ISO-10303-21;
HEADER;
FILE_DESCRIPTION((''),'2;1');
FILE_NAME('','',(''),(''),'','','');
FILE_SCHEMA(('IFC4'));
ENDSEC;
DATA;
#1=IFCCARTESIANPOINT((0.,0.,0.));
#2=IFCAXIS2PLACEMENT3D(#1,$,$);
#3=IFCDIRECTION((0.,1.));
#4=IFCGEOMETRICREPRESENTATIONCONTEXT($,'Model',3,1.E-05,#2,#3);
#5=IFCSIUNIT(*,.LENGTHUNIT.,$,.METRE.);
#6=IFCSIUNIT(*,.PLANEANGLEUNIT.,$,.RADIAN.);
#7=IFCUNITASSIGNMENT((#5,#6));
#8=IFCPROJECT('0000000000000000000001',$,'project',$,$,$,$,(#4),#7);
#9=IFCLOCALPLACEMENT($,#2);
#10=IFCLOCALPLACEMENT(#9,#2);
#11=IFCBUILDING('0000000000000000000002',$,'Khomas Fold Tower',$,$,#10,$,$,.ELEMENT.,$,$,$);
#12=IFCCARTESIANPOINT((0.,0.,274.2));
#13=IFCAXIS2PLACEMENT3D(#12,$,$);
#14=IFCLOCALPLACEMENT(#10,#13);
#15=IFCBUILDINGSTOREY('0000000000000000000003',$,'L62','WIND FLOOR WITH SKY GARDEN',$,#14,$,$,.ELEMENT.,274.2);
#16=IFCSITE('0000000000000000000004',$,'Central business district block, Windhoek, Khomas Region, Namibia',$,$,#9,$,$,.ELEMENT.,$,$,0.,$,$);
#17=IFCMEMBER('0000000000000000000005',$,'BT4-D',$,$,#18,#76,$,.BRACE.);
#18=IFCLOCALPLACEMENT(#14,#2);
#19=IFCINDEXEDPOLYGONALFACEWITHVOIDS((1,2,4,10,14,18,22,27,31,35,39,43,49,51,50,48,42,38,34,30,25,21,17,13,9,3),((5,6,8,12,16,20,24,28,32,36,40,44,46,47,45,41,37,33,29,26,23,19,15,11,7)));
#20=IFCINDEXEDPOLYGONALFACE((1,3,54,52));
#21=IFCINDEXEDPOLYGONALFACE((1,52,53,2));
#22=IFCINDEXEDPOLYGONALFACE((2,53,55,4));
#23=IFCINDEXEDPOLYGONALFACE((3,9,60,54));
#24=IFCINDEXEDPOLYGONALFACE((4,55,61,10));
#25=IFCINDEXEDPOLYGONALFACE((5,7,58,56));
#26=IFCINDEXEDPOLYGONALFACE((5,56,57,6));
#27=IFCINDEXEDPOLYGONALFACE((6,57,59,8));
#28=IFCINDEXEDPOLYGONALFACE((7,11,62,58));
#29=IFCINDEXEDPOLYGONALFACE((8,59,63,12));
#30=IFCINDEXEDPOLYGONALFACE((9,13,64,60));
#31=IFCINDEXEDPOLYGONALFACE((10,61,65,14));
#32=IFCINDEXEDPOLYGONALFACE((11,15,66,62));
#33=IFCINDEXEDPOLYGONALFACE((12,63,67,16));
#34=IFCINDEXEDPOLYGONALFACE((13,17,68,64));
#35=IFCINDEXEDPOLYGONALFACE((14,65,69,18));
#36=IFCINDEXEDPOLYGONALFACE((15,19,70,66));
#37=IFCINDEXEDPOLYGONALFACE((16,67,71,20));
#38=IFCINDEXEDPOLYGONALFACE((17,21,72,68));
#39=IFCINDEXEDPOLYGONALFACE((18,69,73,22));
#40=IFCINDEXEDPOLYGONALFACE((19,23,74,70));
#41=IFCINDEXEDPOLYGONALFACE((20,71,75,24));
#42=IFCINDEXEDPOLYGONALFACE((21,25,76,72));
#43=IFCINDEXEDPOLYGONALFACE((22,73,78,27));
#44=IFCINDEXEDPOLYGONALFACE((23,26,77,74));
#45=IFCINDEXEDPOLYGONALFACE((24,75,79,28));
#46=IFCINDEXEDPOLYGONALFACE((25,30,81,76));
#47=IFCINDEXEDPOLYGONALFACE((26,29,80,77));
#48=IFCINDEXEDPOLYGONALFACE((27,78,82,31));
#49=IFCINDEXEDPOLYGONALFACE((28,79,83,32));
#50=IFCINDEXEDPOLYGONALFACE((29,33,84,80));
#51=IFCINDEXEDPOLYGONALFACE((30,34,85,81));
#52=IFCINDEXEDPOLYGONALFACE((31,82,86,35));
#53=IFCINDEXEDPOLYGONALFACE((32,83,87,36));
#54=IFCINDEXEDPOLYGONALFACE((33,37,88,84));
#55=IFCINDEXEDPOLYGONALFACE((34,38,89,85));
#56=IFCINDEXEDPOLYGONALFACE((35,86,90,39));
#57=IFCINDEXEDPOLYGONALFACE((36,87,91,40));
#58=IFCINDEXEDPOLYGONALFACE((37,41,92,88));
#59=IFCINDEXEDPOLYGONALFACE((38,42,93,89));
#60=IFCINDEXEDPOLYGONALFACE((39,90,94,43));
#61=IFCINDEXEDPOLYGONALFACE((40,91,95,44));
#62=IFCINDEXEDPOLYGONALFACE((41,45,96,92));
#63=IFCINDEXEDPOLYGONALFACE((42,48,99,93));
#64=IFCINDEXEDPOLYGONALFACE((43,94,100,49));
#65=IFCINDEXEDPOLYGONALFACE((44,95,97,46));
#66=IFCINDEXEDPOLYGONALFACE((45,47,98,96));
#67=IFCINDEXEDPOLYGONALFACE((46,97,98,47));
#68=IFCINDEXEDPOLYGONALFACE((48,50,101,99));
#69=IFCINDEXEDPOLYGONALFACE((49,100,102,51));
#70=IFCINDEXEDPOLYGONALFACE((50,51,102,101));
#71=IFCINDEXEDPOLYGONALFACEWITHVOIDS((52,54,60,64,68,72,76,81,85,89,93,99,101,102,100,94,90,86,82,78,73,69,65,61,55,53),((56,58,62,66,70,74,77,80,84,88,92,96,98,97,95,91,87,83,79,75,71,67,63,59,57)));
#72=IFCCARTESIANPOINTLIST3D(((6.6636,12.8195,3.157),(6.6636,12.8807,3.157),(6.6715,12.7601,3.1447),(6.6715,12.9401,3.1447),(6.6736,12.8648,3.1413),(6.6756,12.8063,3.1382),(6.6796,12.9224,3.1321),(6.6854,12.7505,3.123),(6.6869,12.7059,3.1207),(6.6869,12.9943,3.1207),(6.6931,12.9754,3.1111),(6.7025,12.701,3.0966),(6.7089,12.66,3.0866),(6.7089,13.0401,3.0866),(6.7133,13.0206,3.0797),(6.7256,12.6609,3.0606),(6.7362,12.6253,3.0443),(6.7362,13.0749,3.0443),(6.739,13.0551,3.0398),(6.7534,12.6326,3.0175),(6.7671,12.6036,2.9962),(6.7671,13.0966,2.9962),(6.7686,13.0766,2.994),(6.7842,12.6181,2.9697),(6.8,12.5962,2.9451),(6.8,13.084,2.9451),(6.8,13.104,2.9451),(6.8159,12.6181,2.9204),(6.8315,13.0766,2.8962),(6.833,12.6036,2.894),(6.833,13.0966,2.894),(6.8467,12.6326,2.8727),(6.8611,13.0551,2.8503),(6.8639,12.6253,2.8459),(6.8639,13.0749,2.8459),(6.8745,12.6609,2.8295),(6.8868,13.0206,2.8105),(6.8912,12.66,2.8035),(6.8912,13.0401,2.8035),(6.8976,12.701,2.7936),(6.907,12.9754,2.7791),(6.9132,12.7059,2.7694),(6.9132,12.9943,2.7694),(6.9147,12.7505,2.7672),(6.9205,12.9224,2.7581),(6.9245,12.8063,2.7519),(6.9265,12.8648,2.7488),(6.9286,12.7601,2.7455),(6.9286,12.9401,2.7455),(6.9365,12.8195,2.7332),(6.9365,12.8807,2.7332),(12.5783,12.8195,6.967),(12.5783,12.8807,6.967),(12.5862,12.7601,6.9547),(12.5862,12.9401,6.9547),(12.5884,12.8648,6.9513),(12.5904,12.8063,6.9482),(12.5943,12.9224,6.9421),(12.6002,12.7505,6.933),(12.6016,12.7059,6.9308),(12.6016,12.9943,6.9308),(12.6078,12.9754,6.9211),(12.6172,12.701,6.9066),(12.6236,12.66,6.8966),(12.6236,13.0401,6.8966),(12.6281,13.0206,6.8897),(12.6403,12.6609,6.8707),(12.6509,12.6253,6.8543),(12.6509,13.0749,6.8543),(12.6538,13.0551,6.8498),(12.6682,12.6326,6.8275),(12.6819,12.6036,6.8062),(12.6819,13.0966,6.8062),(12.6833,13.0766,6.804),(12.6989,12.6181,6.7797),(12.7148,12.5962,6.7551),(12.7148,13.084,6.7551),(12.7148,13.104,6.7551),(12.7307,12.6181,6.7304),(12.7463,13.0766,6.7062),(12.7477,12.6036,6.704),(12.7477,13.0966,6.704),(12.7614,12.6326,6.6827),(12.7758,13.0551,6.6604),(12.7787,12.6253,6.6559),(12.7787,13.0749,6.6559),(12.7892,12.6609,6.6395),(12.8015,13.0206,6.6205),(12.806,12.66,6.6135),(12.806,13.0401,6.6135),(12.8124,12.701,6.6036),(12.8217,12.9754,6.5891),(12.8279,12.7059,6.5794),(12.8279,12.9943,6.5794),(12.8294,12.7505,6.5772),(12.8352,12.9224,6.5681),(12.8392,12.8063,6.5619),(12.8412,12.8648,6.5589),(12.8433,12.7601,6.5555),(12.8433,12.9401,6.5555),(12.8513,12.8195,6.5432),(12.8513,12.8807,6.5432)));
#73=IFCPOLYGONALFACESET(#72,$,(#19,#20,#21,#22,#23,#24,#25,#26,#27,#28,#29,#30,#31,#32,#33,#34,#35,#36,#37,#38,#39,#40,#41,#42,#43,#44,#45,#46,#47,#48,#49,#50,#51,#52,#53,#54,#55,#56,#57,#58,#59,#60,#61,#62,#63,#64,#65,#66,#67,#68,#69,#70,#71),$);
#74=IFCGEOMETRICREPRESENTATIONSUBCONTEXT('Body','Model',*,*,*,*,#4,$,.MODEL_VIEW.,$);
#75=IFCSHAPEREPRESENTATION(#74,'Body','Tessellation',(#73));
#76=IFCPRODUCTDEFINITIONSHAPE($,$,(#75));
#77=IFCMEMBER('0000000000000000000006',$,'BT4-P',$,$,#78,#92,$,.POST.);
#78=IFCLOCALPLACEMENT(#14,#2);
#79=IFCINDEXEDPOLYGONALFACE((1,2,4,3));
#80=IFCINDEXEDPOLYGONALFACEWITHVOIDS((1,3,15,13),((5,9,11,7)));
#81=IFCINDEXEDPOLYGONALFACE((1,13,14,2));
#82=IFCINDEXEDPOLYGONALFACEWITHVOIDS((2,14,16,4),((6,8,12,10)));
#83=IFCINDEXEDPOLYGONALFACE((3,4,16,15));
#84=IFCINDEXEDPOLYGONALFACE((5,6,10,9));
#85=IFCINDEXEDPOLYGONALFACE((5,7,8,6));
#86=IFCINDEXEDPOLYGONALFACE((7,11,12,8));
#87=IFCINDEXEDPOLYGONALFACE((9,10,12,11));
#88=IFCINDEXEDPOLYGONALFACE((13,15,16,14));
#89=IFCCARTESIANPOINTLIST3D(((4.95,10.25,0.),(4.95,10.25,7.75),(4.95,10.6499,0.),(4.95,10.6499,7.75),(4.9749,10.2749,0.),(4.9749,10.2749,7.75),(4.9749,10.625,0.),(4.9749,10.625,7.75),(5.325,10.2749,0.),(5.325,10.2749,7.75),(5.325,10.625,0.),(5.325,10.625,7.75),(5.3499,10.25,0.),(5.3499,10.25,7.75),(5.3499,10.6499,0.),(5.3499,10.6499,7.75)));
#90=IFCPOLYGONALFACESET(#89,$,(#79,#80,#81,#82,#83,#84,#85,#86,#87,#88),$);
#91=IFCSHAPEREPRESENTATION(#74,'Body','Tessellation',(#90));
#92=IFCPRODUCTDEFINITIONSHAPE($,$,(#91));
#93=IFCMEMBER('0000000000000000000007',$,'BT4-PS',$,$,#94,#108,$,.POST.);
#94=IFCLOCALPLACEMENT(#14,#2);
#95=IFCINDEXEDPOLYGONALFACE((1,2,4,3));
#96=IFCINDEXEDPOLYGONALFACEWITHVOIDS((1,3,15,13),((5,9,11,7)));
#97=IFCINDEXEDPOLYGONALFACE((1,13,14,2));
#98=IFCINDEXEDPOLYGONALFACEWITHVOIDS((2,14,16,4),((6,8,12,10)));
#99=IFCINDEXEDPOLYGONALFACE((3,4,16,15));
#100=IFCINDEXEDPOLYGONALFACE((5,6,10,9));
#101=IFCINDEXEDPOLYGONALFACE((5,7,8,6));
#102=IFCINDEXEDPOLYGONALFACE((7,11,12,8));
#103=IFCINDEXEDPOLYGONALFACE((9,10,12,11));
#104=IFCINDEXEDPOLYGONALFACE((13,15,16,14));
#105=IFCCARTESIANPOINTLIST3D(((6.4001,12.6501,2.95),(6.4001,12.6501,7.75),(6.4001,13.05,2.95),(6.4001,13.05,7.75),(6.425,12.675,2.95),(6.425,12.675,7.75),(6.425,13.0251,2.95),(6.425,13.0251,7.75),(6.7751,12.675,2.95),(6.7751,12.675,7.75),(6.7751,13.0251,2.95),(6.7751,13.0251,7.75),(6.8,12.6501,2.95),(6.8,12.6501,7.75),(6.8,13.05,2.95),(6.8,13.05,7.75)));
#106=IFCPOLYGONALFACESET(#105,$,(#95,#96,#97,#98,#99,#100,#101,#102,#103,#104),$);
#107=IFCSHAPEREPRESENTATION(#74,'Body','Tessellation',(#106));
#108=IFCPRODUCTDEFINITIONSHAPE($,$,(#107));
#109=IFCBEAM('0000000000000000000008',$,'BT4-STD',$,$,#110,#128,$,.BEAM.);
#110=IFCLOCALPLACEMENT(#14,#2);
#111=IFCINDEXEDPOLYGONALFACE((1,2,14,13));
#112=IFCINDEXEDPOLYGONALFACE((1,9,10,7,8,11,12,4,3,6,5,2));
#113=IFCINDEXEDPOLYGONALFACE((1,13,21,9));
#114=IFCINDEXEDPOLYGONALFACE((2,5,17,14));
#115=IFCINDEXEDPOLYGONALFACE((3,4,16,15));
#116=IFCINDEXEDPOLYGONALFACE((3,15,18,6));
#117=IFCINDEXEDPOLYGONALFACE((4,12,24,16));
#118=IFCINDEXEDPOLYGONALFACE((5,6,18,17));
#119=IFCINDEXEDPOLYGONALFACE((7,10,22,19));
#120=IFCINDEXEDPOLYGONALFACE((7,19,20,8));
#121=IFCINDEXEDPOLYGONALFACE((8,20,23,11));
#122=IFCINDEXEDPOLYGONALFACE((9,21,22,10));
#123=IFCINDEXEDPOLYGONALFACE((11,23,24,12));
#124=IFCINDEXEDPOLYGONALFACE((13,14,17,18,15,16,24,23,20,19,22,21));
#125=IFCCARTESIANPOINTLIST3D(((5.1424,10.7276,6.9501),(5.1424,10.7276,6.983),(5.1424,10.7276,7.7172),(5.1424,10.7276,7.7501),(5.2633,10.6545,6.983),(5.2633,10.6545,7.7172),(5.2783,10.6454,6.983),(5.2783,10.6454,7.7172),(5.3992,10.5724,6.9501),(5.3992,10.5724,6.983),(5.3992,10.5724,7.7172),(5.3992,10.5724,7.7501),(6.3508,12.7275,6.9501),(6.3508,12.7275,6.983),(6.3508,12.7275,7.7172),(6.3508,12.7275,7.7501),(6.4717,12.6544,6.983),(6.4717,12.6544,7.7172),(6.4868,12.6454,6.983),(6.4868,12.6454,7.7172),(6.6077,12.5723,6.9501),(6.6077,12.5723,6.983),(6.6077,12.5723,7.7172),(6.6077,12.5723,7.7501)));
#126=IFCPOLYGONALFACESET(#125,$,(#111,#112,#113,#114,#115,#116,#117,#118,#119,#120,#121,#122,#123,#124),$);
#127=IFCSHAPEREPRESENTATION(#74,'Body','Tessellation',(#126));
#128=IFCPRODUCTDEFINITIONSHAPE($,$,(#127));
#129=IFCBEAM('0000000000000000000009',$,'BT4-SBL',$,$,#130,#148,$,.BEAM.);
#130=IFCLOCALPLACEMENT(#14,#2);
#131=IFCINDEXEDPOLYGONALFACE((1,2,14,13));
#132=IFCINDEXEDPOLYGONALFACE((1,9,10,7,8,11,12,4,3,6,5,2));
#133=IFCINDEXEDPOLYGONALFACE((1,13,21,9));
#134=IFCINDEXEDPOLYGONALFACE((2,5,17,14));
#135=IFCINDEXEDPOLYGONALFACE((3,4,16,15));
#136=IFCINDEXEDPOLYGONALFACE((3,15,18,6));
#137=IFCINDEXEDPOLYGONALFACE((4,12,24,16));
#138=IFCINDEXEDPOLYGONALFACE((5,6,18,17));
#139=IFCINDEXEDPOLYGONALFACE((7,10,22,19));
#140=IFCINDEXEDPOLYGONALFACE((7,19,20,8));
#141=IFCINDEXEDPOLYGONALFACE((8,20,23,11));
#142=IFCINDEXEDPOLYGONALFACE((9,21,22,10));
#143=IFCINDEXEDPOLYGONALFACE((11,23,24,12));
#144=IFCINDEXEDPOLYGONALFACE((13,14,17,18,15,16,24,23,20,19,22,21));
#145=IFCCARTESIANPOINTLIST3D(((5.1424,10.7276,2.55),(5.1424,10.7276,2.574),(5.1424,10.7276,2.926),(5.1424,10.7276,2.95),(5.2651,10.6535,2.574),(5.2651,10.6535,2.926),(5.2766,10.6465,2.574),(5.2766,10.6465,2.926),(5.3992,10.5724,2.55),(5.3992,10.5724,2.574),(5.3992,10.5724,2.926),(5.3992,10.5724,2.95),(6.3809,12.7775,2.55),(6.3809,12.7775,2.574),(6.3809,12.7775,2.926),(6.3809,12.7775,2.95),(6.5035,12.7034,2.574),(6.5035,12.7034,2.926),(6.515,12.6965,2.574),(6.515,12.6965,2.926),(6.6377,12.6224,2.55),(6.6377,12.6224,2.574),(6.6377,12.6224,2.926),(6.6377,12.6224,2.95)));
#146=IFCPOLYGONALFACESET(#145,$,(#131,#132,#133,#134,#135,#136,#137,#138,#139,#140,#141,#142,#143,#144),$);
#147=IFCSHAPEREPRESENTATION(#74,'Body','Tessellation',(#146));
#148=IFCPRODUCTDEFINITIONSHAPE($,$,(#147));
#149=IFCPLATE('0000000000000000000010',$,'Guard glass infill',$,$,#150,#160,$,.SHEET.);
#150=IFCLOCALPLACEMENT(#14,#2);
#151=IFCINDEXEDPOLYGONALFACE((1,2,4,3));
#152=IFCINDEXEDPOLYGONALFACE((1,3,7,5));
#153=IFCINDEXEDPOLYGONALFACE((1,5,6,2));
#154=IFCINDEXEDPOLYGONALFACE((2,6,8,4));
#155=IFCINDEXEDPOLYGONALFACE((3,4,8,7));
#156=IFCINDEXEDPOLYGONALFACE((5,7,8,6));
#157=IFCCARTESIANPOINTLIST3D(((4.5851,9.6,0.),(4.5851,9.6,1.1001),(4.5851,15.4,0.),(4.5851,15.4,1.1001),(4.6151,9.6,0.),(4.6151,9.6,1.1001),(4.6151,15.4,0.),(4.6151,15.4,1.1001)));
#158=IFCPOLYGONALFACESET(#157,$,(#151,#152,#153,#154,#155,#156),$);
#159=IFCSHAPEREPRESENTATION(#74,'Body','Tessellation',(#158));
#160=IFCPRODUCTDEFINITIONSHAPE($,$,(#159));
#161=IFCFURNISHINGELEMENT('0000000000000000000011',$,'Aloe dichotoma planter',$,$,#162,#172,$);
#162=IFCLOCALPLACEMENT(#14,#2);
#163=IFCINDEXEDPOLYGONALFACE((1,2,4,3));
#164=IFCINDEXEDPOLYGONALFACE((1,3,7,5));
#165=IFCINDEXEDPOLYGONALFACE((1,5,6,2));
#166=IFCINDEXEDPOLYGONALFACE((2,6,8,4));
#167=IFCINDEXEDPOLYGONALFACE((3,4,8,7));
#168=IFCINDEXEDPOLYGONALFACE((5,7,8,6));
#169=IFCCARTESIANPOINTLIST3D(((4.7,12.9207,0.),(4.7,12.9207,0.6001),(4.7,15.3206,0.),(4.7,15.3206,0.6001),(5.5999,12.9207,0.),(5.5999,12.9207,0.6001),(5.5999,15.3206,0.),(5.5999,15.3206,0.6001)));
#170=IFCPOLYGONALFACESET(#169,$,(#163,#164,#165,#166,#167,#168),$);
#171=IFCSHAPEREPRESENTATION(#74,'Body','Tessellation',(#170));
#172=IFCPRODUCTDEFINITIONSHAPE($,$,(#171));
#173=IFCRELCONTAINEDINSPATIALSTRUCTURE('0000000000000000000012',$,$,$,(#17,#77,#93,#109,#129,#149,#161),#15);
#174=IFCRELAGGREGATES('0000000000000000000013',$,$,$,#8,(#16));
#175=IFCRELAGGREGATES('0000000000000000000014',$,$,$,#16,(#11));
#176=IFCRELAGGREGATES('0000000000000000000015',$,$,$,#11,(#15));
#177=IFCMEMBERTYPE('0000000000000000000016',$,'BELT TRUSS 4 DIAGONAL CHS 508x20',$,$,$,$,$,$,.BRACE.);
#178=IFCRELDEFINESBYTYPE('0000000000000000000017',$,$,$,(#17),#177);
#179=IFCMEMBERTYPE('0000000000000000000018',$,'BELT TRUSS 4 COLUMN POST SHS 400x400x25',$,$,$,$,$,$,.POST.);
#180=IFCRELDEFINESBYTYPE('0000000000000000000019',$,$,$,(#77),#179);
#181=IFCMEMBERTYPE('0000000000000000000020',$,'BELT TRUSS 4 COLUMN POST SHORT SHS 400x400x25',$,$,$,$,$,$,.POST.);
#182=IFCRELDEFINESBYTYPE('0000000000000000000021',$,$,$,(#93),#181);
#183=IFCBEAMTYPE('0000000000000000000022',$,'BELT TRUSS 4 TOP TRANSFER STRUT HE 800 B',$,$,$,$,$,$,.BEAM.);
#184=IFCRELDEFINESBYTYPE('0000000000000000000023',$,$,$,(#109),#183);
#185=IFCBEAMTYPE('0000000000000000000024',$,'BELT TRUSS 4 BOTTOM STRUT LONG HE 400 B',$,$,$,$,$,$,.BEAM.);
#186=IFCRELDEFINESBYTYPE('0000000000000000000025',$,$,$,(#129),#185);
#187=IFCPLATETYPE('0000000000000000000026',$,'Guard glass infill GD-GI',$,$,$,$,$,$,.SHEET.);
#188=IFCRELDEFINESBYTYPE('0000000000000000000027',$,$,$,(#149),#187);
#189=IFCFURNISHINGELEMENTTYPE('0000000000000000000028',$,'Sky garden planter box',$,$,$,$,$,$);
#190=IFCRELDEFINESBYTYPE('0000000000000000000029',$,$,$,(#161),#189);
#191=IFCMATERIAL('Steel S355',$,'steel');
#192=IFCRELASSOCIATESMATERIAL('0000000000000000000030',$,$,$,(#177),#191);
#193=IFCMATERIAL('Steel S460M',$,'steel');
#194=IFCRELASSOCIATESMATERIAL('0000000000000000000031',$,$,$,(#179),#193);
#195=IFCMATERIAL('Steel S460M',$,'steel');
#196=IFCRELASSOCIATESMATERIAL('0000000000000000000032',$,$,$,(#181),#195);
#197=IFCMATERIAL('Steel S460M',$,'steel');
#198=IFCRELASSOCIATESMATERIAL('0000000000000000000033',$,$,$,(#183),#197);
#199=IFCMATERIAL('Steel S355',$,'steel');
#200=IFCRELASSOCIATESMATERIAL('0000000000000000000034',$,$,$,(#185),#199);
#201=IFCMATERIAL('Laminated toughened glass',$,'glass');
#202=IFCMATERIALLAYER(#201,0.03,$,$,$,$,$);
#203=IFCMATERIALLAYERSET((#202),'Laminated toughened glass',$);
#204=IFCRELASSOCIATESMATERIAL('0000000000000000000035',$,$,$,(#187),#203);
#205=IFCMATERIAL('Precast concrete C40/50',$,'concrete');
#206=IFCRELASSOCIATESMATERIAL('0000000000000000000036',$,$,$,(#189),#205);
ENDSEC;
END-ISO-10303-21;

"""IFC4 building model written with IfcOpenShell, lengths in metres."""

from ifc_helpers import new_model, si_unit, direction, frame, origin, origin_2d, place, context, subcontext, project, spatial, rectangle, hollow_rectangle, hollow_circle, i_section, extrude, source, transform, mapped, material, layer, layer_set, material_profile, profile_set, type_object, element, save


model = new_model("IFC4")

# Units and contexts
model_context = context("Model", 3, precision=1e-05, world=origin(), true_north=direction((0.0, 1.0)))
body_context = subcontext(model_context, "Body", "Model", "MODEL_VIEW")
ifc_project = project(units=[si_unit("LENGTHUNIT", "METRE"), si_unit("PLANEANGLEUNIT", "RADIAN")], contexts=[model_context])

# Site, building, storey
site_placement = place(None, origin())
site = spatial("IfcSite", under=ifc_project, at=site_placement, Name="Central business district block, Windhoek, Khomas Region, Namibia", CompositionType="ELEMENT", RefElevation=0.0)
building_placement = place(site_placement, origin())
building = spatial("IfcBuilding", under=site, at=building_placement, Name="Khomas Fold Tower", CompositionType="ELEMENT")
storey_placement = place(building_placement, frame((0.0, 0.0, 274.2)))
storey = spatial("IfcBuildingStorey", under=building, at=storey_placement, Name="L62", Description="WIND FLOOR WITH SKY GARDEN", CompositionType="ELEMENT", Elevation=274.2)

# Members
ifc_material_1 = material(Name="Steel S355", Category="steel")
ifc_material_profile_1 = material_profile(ifc_material_1, hollow_circle(Radius=0.2539, WallThickness=0.02, at=origin_2d()), Name="CHS 508x20")
ifc_profile_set_1 = profile_set([ifc_material_profile_1], Name="Steel S355")
member_type_1 = type_object("IfcMemberType", Name="BELT TRUSS 4 DIAGONAL CHS 508x20", PredefinedType="BRACE", material=ifc_profile_set_1)
shared_shape_1 = source(origin(), body_context, "Body", "SweptSolid", [
    extrude(hollow_circle(Radius=0.2539, WallThickness=0.02, at=origin_2d()), origin(), (0.0, 0.0, 1.0), 7.0356),
])
member_1_placement = place(storey_placement, frame((6.8, 12.8501, 2.9451), z_axis=(0.840681, 0.0, 0.541531), x_axis=(0.0, 1.0, 0.0)))
element("IfcMember", 1, at=member_1_placement, inside=storey, type_object=member_type_1, Name="BT4-D", PredefinedType="BRACE", context=body_context, shape_type="MappedRepresentation", body=[
    mapped(shared_shape_1, transform((0.0, 0.0, 0.0))),
])
ifc_material_2 = material(Name="Steel S460M", Category="steel")
ifc_material_profile_2 = material_profile(ifc_material_2, hollow_rectangle(XDim=0.3999, YDim=0.3999, WallThickness=0.0249, at=origin_2d()), Name="SHS 400x400x25")
ifc_profile_set_2 = profile_set([ifc_material_profile_2], Name="Steel S460M")
member_type_2 = type_object("IfcMemberType", Name="BELT TRUSS 4 COLUMN POST SHS 400x400x25", PredefinedType="POST", material=ifc_profile_set_2)
shared_shape_2 = source(origin(), body_context, "Body", "SweptSolid", [
    extrude(hollow_rectangle(XDim=0.3999, YDim=0.3999, WallThickness=0.0249, at=origin_2d()), origin(), (0.0, 0.0, 1.0), 7.75),
])
member_2_placement = place(storey_placement, frame((5.1499, 10.45, 0.0), z_axis=(0.0, 0.0, 1.0), x_axis=(1.0, 0.0, 0.0)))
element("IfcMember", 2, at=member_2_placement, inside=storey, type_object=member_type_2, Name="BT4-P", PredefinedType="POST", context=body_context, shape_type="MappedRepresentation", body=[
    mapped(shared_shape_2, transform((0.0, 0.0, 0.0))),
])
ifc_material_3 = material(Name="Steel S460M", Category="steel")
ifc_material_profile_3 = material_profile(ifc_material_3, hollow_rectangle(XDim=0.3999, YDim=0.3999, WallThickness=0.0249, at=origin_2d()), Name="SHS 400x400x25")
ifc_profile_set_3 = profile_set([ifc_material_profile_3], Name="Steel S460M")
member_type_3 = type_object("IfcMemberType", Name="BELT TRUSS 4 COLUMN POST SHORT SHS 400x400x25", PredefinedType="POST", material=ifc_profile_set_3)
shared_shape_3 = source(origin(), body_context, "Body", "SweptSolid", [
    extrude(hollow_rectangle(XDim=0.3999, YDim=0.3999, WallThickness=0.0249, at=origin_2d()), origin(), (0.0, 0.0, 1.0), 4.8),
])
member_3_placement = place(storey_placement, frame((6.6001, 12.8501, 2.95), z_axis=(0.0, 0.0, 1.0), x_axis=(1.0, 0.0, 0.0)))
element("IfcMember", 3, at=member_3_placement, inside=storey, type_object=member_type_3, Name="BT4-PS", PredefinedType="POST", context=body_context, shape_type="MappedRepresentation", body=[
    mapped(shared_shape_3, transform((0.0, 0.0, 0.0))),
])

# Beams
ifc_material_4 = material(Name="Steel S460M", Category="steel")
ifc_material_profile_4 = material_profile(ifc_material_4, i_section(OverallWidth=0.3, OverallDepth=0.8, WebThickness=0.0176, FlangeThickness=0.033, at=origin_2d()), Name="HE 800 B")
ifc_profile_set_4 = profile_set([ifc_material_profile_4], Name="Steel S460M")
beam_type_1 = type_object("IfcBeamType", Name="BELT TRUSS 4 TOP TRANSFER STRUT HE 800 B", PredefinedType="BEAM", material=ifc_profile_set_4)
shared_shape_4 = source(origin(), body_context, "Body", "SweptSolid", [
    extrude(i_section(OverallWidth=0.3, OverallDepth=0.8, WebThickness=0.0176, FlangeThickness=0.033, at=origin_2d()), origin(), (0.0, 0.0, 1.0), 2.3367),
])
beam_1_placement = place(storey_placement, frame((6.4792, 12.6499, 7.3501), z_axis=(-0.517167, -0.855885, 0.0), x_axis=(0.855885, -0.517167, 0.0)))
element("IfcBeam", 4, at=beam_1_placement, inside=storey, type_object=beam_type_1, Name="BT4-STD", PredefinedType="BEAM", context=body_context, shape_type="MappedRepresentation", body=[
    mapped(shared_shape_4, transform((0.0, 0.0, 0.0))),
])
ifc_material_5 = material(Name="Steel S355", Category="steel")
ifc_material_profile_5 = material_profile(ifc_material_5, i_section(OverallWidth=0.3, OverallDepth=0.3999, WebThickness=0.0134, FlangeThickness=0.0239, at=origin_2d()), Name="HE 400 B")
ifc_profile_set_5 = profile_set([ifc_material_profile_5], Name="Steel S355")
beam_type_2 = type_object("IfcBeamType", Name="BELT TRUSS 4 BOTTOM STRUT LONG HE 400 B", PredefinedType="BEAM", material=ifc_profile_set_5)
shared_shape_5 = source(origin(), body_context, "Body", "SweptSolid", [
    extrude(i_section(OverallWidth=0.3, OverallDepth=0.3999, WebThickness=0.0134, FlangeThickness=0.0239, at=origin_2d()), origin(), (0.0, 0.0, 1.0), 2.395),
])
beam_2_placement = place(storey_placement, frame((6.5093, 12.7, 2.75), z_axis=(-0.517102, -0.855924, 0.0), x_axis=(0.855924, -0.517102, 0.0)))
element("IfcBeam", 5, at=beam_2_placement, inside=storey, type_object=beam_type_2, Name="BT4-SBL", PredefinedType="BEAM", context=body_context, shape_type="MappedRepresentation", body=[
    mapped(shared_shape_5, transform((0.0, 0.0, 0.0))),
])

# Plate
ifc_material_6 = material(Name="Laminated toughened glass", Category="glass")
ifc_layer_1 = layer(ifc_material_6, 0.03)
ifc_layer_set_1 = layer_set([ifc_layer_1], Name="Laminated toughened glass")
plate_type = type_object("IfcPlateType", Name="Guard glass infill GD-GI", PredefinedType="SHEET", material=ifc_layer_set_1)
shared_shape_6 = source(origin(), body_context, "Body", "SweptSolid", [
    extrude(rectangle(XDim=5.8, YDim=0.03, at=origin_2d()), origin(), (0.0, 0.0, 1.0), 1.1001),
])
plate_placement = place(storey_placement, frame((4.6001, 12.5, 0.0), z_axis=(0.0, 0.0, 1.0), x_axis=(0.0, 1.0, 0.0)))
element("IfcPlate", 6, at=plate_placement, inside=storey, type_object=plate_type, Name="Guard glass infill", PredefinedType="SHEET", context=body_context, shape_type="MappedRepresentation", body=[
    mapped(shared_shape_6, transform((0.0, 0.0, 0.0))),
])

# Furnishing element
ifc_material_7 = material(Name="Precast concrete C40/50", Category="concrete")
furnishing_element_type_1 = type_object("IfcFurnishingElementType", Name="Sky garden planter box", material=ifc_material_7)
shared_shape_7 = source(origin(), body_context, "Body", "SweptSolid", [
    extrude(rectangle(XDim=2.3999, YDim=0.8999, at=origin_2d()), origin(), (0.0, 0.0, 1.0), 0.6001),
])
furnishing_1_placement = place(storey_placement, frame((5.1499, 14.1206, 0.0), z_axis=(0.0, 0.0, 1.0), x_axis=(0.0, 1.0, 0.0)))
element("IfcFurnishingElement", 7, at=furnishing_1_placement, inside=storey, type_object=furnishing_element_type_1, Name="Aloe dichotoma planter", context=body_context, shape_type="MappedRepresentation", body=[
    mapped(shared_shape_7, transform((0.0, 0.0, 0.0))),
])

save(model, "model.ifc")
